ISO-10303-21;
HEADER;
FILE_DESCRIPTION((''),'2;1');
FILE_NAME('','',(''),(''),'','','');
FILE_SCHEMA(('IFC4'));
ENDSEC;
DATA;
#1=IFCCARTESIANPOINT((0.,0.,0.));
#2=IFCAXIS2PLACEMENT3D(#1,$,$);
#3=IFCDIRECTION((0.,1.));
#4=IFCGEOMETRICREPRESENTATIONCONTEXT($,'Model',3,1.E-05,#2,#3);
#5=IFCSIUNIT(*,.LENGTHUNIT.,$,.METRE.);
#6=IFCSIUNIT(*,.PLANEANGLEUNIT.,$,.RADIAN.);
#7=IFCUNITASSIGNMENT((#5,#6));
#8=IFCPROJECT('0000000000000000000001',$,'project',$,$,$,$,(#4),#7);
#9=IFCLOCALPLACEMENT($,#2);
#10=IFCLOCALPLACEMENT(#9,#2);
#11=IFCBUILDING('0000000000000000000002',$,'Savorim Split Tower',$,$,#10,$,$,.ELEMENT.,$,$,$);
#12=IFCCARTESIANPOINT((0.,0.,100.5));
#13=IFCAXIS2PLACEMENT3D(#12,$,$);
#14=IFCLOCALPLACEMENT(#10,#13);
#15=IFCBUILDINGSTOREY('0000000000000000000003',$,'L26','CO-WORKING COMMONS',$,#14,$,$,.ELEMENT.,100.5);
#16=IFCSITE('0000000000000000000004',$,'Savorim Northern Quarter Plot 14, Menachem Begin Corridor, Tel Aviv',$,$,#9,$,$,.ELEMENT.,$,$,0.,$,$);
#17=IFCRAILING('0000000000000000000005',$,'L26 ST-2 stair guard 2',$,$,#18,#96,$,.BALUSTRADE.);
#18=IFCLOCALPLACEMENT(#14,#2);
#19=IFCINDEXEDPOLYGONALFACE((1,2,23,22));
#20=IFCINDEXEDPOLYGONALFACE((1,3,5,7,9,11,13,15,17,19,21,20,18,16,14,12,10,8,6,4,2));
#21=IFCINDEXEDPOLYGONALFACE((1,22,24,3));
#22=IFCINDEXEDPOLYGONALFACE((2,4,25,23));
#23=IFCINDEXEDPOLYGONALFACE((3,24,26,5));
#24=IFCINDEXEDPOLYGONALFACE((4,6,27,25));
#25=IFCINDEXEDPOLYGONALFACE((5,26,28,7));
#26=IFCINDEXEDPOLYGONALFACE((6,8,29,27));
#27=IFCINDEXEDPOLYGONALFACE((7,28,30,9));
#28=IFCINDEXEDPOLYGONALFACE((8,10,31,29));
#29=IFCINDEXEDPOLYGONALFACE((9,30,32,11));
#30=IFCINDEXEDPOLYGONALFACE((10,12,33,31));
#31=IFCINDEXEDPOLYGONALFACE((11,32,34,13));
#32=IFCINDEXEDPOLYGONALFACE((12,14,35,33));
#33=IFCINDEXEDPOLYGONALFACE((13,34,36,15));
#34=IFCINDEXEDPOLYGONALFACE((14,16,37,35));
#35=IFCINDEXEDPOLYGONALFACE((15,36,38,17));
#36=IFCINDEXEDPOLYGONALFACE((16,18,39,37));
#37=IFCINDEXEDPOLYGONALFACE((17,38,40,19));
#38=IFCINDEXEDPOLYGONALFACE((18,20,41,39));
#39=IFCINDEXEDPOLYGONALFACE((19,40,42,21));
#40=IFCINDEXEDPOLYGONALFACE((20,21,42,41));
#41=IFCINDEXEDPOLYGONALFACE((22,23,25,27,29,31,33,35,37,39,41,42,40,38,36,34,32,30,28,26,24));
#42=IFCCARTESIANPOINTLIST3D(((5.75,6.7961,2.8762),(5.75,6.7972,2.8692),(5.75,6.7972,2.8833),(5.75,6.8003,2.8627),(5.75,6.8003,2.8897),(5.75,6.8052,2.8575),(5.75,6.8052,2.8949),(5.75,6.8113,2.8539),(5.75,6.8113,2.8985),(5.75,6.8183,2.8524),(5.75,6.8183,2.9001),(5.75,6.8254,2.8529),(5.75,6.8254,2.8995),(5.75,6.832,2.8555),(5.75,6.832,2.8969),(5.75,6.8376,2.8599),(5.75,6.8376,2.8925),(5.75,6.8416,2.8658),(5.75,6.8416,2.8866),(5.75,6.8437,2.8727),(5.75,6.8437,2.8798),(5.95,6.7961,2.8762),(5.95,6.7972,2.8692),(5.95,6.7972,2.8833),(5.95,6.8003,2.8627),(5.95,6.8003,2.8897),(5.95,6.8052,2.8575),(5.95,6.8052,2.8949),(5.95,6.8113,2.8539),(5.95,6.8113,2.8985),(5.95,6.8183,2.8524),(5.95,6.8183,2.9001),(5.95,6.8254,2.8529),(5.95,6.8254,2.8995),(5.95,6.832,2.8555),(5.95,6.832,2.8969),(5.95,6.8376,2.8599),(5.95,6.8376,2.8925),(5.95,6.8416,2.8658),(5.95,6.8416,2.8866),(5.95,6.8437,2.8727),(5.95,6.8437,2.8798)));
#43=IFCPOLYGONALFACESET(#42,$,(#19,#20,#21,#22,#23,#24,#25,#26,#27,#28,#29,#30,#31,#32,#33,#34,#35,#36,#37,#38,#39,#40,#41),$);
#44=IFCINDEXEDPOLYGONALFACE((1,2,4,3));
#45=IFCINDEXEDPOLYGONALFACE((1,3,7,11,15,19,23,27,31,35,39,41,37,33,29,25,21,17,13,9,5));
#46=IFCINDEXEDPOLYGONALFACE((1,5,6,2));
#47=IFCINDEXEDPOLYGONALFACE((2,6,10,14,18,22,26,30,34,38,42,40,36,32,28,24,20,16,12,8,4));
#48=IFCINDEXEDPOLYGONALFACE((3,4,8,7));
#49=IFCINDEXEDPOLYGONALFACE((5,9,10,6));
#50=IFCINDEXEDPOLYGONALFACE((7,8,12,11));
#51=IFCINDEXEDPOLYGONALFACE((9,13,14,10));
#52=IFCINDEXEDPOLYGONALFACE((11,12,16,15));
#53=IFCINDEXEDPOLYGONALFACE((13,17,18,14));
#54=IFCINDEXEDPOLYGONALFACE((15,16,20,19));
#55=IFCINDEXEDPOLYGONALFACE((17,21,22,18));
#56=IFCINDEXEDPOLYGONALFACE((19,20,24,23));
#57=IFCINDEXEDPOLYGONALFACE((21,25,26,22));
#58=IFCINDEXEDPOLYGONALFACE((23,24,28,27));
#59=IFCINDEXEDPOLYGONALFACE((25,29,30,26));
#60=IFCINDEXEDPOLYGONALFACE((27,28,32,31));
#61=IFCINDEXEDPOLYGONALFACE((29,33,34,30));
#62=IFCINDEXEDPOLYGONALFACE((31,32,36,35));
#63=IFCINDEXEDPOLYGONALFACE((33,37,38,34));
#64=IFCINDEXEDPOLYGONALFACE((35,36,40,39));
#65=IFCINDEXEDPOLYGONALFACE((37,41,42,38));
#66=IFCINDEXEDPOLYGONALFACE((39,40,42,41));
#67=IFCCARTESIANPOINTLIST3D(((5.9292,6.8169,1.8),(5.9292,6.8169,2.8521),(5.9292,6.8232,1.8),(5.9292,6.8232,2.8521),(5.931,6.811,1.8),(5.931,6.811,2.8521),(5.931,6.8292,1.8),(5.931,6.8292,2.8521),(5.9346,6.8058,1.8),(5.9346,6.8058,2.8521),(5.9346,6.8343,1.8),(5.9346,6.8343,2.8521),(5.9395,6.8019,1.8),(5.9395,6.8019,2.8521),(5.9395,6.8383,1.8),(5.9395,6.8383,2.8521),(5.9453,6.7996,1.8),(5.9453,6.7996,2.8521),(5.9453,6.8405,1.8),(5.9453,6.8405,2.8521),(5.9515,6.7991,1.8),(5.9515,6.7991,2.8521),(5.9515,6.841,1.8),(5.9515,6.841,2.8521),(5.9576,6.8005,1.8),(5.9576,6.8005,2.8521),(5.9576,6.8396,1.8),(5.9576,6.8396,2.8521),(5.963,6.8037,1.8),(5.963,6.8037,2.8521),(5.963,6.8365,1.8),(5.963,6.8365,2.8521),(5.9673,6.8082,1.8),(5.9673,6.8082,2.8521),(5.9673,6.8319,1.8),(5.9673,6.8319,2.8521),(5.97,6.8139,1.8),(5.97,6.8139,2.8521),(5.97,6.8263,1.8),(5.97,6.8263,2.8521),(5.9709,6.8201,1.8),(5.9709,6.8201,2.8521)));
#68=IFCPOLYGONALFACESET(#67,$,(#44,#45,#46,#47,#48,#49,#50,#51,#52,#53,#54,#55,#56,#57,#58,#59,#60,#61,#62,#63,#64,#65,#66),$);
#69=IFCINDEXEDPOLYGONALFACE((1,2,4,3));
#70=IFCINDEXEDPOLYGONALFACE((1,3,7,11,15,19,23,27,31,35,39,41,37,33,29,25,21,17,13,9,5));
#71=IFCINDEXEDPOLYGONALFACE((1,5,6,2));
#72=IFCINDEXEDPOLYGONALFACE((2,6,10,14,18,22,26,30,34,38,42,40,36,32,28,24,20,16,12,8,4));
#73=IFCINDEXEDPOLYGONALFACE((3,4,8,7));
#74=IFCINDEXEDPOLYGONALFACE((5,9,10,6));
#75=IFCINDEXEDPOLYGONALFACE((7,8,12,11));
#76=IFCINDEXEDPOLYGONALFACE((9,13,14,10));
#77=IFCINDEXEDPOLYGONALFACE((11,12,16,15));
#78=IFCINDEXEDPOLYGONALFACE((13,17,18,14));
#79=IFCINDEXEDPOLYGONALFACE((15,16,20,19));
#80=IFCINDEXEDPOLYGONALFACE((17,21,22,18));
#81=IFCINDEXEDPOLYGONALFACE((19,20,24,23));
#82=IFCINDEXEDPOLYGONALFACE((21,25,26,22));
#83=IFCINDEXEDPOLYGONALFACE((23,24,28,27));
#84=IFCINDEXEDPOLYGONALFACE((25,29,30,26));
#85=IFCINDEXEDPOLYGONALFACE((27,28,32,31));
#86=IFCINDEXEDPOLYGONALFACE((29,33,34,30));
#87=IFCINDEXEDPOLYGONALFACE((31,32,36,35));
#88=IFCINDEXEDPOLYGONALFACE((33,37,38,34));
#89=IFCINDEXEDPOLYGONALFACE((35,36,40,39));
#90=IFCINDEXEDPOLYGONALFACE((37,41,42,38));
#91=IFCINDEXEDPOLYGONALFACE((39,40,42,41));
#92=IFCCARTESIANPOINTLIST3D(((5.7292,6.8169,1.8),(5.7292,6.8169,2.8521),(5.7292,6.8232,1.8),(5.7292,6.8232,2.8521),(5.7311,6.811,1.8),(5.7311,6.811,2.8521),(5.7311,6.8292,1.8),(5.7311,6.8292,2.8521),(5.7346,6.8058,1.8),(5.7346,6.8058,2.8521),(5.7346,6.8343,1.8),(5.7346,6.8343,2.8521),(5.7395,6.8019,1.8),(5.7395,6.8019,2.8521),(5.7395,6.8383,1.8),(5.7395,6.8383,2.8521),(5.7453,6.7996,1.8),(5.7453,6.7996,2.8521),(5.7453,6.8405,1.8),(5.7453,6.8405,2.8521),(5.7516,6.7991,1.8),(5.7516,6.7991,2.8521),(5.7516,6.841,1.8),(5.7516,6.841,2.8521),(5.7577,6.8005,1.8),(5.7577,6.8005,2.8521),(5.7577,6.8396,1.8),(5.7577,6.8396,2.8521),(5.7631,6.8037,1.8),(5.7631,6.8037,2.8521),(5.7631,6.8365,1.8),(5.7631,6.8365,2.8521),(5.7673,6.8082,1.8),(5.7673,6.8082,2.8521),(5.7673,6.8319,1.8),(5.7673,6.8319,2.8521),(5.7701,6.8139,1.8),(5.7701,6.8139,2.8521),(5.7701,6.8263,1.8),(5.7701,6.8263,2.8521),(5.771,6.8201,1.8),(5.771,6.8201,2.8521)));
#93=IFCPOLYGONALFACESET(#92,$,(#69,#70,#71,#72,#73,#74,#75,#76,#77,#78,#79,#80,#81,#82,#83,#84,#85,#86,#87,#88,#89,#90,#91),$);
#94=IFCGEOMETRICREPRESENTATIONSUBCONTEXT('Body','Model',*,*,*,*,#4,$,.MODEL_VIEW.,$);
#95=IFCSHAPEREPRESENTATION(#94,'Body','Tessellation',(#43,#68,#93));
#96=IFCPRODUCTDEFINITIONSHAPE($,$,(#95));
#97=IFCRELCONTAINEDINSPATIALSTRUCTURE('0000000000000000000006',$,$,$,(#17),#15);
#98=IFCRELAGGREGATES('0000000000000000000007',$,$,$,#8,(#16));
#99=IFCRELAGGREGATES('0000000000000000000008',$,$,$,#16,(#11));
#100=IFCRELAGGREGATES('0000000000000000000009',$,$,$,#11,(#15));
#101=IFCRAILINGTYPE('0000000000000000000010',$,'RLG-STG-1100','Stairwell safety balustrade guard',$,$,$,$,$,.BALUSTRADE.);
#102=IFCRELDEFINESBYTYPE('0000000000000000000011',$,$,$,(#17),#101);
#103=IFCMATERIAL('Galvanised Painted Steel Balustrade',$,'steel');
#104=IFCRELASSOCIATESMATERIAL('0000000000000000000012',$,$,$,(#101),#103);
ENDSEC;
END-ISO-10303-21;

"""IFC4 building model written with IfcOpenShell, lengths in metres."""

from ifc_helpers import new_model, si_unit, direction, frame, origin, origin_2d, place, context, subcontext, project, spatial, circle, extrude, material, type_object, element, save


model = new_model("IFC4")

# Units and contexts
model_context = context("Model", 3, precision=1e-05, world=origin(), true_north=direction((0.0, 1.0)))
body_context = subcontext(model_context, "Body", "Model", "MODEL_VIEW")
ifc_project = project(units=[si_unit("LENGTHUNIT", "METRE"), si_unit("PLANEANGLEUNIT", "RADIAN")], contexts=[model_context])

# Site, building, storey
site_placement = place(None, origin())
site = spatial("IfcSite", under=ifc_project, at=site_placement, Name="Savorim Northern Quarter Plot 14, Menachem Begin Corridor, Tel Aviv", CompositionType="ELEMENT", RefElevation=0.0)
building_placement = place(site_placement, origin())
building = spatial("IfcBuilding", under=site, at=building_placement, Name="Savorim Split Tower", CompositionType="ELEMENT")
storey_placement = place(building_placement, frame((0.0, 0.0, 100.5)))
storey = spatial("IfcBuildingStorey", under=building, at=storey_placement, Name="L26", Description="CO-WORKING COMMONS", CompositionType="ELEMENT", Elevation=100.5)

# Railing
ifc_material_1 = material(Name="Galvanised Painted Steel Balustrade", Category="steel")
railing_type_1 = type_object("IfcRailingType", Name="RLG-STG-1100", Description="Stairwell safety balustrade guard", PredefinedType="BALUSTRADE", material=ifc_material_1)
railing_1_placement = place(storey_placement, frame((5.95, 6.8201, 1.8)))
element("IfcRailing", 1, at=railing_1_placement, inside=storey, type_object=railing_type_1, Name="L26 ST-2 stair guard 2", PredefinedType="BALUSTRADE", context=body_context, shape_type="SweptSolid", body=[
    extrude(circle(Radius=0.0239, at=origin_2d()), frame((0.0, 0.0, 1.0762), z_axis=(-1.0, 0.0, 0.0), x_axis=(0.0, -1.0, 0.0)), (0.0, 0.0, 1.0), 0.2),
    extrude(circle(Radius=0.021, at=origin_2d()), origin(), (0.0, 0.0, 1.0), 1.052),
    extrude(circle(Radius=0.021, at=origin_2d()), frame((-0.2, 0.0, 0.0)), (0.0, 0.0, 1.0), 1.052),
])

save(model, "model.ifc")
